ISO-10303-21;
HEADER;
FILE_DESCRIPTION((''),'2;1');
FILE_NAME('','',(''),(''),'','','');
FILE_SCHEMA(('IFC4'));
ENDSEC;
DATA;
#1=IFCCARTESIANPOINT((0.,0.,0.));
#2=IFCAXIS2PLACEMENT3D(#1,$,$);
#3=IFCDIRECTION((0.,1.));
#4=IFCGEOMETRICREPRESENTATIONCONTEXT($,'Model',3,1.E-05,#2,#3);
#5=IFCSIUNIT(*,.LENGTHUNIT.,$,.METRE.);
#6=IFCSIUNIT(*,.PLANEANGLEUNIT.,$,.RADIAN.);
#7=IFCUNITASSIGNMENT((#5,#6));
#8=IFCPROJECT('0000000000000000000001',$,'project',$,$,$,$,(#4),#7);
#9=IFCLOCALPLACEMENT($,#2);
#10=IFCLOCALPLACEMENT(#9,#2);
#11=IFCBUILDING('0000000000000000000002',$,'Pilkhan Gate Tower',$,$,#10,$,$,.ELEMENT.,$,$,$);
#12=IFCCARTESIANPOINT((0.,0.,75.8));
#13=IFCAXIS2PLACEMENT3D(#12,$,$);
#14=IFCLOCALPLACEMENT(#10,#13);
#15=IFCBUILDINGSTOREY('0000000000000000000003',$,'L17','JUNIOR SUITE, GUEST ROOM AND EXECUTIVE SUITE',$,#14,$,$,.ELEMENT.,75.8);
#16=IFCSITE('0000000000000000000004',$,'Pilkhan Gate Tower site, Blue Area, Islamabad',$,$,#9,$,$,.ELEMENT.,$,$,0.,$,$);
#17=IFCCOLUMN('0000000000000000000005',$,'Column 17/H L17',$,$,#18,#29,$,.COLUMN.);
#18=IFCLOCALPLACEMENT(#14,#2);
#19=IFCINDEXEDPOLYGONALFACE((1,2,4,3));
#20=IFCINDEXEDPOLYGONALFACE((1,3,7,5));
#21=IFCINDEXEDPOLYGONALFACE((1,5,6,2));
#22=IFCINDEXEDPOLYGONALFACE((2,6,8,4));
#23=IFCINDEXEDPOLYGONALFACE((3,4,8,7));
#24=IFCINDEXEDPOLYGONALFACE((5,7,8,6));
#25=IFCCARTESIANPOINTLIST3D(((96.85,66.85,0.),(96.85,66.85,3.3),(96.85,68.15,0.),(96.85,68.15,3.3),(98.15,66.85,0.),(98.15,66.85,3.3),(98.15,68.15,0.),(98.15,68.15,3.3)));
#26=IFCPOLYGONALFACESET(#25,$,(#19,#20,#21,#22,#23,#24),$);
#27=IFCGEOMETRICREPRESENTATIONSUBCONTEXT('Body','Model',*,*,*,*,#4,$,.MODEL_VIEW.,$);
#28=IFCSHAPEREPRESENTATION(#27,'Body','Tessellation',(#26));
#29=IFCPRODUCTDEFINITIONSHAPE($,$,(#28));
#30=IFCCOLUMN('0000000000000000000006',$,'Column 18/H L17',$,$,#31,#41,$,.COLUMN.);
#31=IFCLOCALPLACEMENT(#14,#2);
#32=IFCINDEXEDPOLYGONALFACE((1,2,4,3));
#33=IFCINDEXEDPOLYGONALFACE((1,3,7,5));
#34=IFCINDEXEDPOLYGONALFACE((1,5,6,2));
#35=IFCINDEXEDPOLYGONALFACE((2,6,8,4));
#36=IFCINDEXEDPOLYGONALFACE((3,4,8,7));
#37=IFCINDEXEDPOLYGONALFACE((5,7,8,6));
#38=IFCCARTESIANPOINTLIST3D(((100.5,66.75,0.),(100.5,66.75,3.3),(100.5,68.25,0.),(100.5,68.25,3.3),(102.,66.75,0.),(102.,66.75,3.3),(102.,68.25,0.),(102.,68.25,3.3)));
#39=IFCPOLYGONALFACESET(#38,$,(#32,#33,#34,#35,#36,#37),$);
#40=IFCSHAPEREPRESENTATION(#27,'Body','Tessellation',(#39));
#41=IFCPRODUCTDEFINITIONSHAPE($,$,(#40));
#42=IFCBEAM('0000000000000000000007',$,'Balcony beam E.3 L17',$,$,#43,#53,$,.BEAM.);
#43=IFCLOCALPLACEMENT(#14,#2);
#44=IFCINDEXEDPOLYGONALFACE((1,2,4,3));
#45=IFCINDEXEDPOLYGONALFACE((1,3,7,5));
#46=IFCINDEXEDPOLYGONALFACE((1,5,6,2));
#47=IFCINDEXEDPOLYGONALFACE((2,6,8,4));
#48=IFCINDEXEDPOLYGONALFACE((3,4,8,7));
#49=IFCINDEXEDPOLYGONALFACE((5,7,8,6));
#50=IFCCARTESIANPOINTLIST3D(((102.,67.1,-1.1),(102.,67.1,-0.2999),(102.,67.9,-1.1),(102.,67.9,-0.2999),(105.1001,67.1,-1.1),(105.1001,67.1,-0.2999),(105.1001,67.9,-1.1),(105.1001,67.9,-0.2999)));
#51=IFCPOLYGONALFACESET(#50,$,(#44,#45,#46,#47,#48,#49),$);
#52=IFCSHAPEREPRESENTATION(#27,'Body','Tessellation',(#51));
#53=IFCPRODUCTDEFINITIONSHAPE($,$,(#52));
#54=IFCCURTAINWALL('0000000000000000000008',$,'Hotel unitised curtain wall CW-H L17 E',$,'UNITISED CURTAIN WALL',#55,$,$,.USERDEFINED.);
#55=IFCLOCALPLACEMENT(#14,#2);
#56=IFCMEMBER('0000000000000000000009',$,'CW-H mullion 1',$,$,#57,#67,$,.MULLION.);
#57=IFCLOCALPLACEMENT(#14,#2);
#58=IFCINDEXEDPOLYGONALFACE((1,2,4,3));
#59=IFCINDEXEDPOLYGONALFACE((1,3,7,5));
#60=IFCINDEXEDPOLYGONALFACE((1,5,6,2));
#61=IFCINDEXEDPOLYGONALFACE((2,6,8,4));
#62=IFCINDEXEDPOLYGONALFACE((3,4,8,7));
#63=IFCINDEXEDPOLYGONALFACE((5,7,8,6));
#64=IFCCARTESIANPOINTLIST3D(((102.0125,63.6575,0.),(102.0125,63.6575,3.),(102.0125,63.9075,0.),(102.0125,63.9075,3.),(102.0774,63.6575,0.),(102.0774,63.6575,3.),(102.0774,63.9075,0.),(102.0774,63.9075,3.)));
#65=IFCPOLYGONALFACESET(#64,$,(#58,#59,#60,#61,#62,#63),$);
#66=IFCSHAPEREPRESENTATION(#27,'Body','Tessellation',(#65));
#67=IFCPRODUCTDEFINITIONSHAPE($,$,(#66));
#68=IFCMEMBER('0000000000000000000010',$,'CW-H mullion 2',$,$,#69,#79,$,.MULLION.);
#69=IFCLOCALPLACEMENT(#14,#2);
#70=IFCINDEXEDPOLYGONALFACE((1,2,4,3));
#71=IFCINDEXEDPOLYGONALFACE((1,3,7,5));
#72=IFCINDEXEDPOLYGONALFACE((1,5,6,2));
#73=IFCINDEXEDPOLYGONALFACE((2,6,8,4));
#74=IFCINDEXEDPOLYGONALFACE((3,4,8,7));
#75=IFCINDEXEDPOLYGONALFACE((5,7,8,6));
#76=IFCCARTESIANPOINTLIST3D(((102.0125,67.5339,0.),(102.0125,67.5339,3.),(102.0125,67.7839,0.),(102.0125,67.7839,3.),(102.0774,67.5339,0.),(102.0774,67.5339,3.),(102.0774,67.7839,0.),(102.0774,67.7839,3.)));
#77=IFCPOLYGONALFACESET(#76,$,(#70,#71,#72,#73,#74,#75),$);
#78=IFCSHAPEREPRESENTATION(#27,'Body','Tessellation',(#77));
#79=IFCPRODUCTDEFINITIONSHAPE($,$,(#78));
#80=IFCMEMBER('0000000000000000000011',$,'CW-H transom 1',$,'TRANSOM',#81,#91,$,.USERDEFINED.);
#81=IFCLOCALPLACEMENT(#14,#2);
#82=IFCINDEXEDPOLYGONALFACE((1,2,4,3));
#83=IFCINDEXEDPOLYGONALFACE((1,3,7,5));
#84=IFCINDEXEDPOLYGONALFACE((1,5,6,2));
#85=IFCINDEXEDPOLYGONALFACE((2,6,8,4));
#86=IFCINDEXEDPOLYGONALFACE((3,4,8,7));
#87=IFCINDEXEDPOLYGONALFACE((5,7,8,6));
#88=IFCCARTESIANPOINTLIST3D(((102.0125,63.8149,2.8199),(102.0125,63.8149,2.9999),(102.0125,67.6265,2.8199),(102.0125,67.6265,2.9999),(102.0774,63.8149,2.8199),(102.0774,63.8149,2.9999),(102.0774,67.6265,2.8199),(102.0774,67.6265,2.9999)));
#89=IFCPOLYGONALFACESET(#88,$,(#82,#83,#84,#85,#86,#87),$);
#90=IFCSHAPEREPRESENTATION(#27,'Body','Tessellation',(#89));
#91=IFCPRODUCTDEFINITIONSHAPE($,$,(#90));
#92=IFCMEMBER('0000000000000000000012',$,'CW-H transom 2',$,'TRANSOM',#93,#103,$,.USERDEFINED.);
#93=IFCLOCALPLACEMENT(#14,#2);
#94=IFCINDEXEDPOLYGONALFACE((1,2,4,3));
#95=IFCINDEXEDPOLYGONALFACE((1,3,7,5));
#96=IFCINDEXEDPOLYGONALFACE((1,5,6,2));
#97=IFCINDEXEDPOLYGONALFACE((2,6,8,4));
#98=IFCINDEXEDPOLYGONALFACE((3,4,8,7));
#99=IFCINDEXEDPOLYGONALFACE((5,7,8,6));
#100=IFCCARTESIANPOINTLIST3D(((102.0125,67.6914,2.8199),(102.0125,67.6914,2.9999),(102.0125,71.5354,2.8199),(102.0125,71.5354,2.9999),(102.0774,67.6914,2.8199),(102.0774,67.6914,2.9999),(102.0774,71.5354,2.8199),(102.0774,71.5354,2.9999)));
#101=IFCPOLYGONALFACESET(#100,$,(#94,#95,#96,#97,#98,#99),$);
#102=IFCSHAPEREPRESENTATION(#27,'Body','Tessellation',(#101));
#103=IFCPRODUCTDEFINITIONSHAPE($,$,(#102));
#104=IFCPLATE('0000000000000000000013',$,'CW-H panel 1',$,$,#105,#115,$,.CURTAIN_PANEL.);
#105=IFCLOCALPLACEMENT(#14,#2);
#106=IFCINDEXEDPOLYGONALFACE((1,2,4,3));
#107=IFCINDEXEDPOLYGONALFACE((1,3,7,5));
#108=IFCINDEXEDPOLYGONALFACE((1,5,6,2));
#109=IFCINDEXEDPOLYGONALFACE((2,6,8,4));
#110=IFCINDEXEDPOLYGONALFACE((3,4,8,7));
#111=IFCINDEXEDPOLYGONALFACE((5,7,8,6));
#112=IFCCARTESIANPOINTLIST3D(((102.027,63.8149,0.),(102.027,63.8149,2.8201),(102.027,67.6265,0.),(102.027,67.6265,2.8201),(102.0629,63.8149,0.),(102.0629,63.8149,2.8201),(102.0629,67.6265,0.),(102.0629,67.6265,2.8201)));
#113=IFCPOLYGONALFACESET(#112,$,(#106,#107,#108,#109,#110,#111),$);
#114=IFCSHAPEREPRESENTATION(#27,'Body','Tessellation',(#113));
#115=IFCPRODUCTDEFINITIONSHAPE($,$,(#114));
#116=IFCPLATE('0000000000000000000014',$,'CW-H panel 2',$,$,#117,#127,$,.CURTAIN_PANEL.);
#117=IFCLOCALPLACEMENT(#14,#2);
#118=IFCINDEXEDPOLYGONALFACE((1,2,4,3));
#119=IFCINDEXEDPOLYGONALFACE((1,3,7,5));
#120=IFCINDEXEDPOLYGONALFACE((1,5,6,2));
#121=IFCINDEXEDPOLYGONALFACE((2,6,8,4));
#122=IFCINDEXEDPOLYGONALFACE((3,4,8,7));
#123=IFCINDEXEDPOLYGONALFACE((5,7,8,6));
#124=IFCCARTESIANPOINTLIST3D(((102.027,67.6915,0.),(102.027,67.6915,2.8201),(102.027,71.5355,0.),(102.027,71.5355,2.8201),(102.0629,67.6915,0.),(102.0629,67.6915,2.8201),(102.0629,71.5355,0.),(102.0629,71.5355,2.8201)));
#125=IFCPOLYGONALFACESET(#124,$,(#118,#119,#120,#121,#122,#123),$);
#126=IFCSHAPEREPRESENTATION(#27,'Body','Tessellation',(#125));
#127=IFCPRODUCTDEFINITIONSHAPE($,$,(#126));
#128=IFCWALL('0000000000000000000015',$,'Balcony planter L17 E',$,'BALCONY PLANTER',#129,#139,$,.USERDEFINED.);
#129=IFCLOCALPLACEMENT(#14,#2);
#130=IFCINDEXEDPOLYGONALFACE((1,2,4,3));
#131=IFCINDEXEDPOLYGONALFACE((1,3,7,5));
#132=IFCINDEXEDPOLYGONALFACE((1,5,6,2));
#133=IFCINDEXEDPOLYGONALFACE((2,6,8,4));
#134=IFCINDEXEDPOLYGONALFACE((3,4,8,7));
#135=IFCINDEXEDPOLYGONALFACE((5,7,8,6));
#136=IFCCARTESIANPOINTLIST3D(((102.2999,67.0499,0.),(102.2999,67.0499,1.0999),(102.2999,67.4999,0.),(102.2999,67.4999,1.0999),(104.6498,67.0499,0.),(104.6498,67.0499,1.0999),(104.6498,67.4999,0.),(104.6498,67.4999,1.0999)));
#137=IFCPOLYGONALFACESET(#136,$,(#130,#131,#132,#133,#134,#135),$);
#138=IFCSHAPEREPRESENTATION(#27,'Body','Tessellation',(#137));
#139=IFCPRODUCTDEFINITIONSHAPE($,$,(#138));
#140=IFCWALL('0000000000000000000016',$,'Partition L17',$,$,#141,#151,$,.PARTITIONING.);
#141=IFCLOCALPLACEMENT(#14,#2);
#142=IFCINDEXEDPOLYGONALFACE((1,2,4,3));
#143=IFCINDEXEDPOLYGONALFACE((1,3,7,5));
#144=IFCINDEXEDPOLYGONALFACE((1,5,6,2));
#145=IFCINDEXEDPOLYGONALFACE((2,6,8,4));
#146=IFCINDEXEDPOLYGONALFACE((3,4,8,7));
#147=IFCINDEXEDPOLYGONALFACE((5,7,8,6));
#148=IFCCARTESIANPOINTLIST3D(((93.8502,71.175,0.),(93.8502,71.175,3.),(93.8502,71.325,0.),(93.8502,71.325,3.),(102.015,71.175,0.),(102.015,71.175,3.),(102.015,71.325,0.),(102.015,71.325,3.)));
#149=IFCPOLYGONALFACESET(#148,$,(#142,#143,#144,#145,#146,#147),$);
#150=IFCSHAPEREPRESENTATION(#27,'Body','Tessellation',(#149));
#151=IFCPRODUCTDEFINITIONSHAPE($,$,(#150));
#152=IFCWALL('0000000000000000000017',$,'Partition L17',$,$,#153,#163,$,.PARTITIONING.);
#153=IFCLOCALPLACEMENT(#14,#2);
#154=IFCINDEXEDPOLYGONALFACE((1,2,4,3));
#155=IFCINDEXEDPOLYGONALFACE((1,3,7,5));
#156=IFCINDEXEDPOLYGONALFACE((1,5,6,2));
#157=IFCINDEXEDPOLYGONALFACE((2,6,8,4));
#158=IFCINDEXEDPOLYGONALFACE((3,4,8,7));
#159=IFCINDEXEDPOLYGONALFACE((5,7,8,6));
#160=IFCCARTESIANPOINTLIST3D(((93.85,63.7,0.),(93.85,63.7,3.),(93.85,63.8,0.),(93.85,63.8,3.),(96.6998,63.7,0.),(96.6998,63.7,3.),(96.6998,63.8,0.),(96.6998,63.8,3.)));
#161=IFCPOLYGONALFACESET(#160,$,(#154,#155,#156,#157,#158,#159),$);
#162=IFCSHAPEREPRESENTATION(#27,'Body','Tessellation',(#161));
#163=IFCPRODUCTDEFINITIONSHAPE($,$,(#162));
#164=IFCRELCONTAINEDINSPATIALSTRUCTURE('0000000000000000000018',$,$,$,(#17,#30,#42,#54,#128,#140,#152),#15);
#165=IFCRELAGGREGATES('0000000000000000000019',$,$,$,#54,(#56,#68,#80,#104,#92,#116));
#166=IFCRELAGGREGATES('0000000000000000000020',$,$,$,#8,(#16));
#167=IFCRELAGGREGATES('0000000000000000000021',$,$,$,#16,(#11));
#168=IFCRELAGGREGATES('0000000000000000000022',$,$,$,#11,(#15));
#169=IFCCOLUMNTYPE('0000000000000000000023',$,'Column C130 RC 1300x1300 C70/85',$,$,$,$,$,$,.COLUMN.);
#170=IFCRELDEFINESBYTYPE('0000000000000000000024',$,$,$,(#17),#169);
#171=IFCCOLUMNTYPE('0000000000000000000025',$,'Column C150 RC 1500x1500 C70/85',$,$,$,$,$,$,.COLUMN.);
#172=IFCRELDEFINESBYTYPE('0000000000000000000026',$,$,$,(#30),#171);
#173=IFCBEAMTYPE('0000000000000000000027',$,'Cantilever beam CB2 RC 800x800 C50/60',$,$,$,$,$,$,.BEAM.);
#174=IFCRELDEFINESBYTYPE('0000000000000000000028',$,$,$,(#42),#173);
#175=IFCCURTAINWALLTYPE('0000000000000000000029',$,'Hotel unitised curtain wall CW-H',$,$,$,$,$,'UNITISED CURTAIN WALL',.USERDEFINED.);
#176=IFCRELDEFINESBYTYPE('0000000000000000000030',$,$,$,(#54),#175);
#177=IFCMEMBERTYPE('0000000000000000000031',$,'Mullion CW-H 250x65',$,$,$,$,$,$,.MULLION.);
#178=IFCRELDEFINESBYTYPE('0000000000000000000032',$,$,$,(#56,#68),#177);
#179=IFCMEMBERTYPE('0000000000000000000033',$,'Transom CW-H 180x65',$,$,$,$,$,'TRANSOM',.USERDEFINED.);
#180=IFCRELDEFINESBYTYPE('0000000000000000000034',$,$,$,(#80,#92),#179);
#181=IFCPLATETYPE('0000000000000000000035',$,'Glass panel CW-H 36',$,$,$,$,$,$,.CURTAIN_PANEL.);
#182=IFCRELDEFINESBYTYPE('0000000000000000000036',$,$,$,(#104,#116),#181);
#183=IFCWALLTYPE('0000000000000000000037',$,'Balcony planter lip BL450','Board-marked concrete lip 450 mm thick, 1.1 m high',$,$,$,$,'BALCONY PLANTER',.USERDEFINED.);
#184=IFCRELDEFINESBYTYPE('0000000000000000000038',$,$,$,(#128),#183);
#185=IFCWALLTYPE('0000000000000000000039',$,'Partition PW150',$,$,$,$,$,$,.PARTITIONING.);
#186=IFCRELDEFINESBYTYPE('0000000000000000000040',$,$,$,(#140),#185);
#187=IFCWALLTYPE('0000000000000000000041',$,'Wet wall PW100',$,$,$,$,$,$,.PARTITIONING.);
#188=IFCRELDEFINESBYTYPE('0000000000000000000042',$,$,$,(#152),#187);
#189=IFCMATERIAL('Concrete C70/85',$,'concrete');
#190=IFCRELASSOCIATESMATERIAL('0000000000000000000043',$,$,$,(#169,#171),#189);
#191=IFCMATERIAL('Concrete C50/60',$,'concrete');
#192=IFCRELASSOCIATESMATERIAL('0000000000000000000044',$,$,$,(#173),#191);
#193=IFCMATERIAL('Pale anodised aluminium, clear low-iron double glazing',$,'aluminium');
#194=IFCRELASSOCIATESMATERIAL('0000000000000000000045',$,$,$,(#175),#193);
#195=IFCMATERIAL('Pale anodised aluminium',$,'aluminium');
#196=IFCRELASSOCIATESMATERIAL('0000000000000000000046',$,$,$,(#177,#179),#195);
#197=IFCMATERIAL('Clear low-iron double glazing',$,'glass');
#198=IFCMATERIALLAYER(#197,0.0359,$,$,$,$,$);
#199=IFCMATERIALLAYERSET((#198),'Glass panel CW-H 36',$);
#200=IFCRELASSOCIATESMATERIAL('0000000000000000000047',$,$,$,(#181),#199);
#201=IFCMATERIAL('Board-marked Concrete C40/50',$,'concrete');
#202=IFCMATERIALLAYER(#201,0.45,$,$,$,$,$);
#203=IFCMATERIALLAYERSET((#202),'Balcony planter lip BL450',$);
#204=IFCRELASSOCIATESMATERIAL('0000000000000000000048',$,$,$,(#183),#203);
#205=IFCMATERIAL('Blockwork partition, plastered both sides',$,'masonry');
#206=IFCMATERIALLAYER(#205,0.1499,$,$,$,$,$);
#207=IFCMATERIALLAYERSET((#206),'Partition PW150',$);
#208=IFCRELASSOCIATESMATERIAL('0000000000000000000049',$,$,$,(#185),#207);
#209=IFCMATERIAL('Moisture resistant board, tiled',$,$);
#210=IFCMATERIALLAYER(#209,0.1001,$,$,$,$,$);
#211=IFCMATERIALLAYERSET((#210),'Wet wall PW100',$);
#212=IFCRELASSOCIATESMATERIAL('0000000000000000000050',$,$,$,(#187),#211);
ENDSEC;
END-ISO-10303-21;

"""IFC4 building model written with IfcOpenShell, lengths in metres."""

from ifc_helpers import new_model, si_unit, direction, frame, frame_2d, origin, origin_2d, place, context, subcontext, project, spatial, rectangle, extrude, material, layer, layer_set, material_profile, profile_set, type_object, element, aggregate, save


model = new_model("IFC4")

# Units and contexts
model_context = context("Model", 3, precision=1e-05, world=origin(), true_north=direction((0.0, 1.0)))
body_context = subcontext(model_context, "Body", "Model", "MODEL_VIEW")
ifc_project = project(units=[si_unit("LENGTHUNIT", "METRE"), si_unit("PLANEANGLEUNIT", "RADIAN")], contexts=[model_context])

# Site, building, storey
site_placement = place(None, origin())
site = spatial("IfcSite", under=ifc_project, at=site_placement, Name="Pilkhan Gate Tower site, Blue Area, Islamabad", CompositionType="ELEMENT", RefElevation=0.0)
building_placement = place(site_placement, origin())
building = spatial("IfcBuilding", under=site, at=building_placement, Name="Pilkhan Gate Tower", CompositionType="ELEMENT")
storey_placement = place(building_placement, frame((0.0, 0.0, 75.8)))
storey = spatial("IfcBuildingStorey", under=building, at=storey_placement, Name="L17", Description="JUNIOR SUITE, GUEST ROOM AND EXECUTIVE SUITE", CompositionType="ELEMENT", Elevation=75.8)

# Columns
ifc_material_1 = material(Name="Concrete C70/85", Category="concrete")
ifc_material_profile_1 = material_profile(ifc_material_1, rectangle(XDim=1.3, YDim=1.3, at=origin_2d()), Name="RC 1300x1300")
ifc_profile_set_1 = profile_set([ifc_material_profile_1], Name="Concrete C70/85")
column_type_1 = type_object("IfcColumnType", Name="Column C130 RC 1300x1300 C70/85", PredefinedType="COLUMN", material=ifc_profile_set_1)
column_1_placement = place(storey_placement, frame((97.5, 67.5, 0.0), z_axis=(0.0, 0.0, 1.0), x_axis=(1.0, 0.0, 0.0)))
element("IfcColumn", 1, at=column_1_placement, inside=storey, type_object=column_type_1, Name="Column 17/H L17", PredefinedType="COLUMN", context=body_context, shape_type="SweptSolid", body=[
    extrude(rectangle(XDim=1.3, YDim=1.3, at=origin_2d()), origin(), (0.0, 0.0, 1.0), 3.3),
])
ifc_material_profile_2 = material_profile(ifc_material_1, rectangle(XDim=1.5, YDim=1.5, at=origin_2d()), Name="RC 1500x1500")
ifc_profile_set_2 = profile_set([ifc_material_profile_2], Name="Concrete C70/85")
column_type_2 = type_object("IfcColumnType", Name="Column C150 RC 1500x1500 C70/85", PredefinedType="COLUMN", material=ifc_profile_set_2)
column_2_placement = place(storey_placement, frame((101.25, 67.5, 0.0), z_axis=(0.0, 0.0, 1.0), x_axis=(1.0, 0.0, 0.0)))
element("IfcColumn", 2, at=column_2_placement, inside=storey, type_object=column_type_2, Name="Column 18/H L17", PredefinedType="COLUMN", context=body_context, shape_type="SweptSolid", body=[
    extrude(rectangle(XDim=1.5, YDim=1.5, at=origin_2d()), origin(), (0.0, 0.0, 1.0), 3.3),
])

# Beam
ifc_material_2 = material(Name="Concrete C50/60", Category="concrete")
ifc_material_profile_3 = material_profile(ifc_material_2, rectangle(XDim=0.8, YDim=0.8, at=origin_2d()), Name="RC 800x800")
ifc_profile_set_3 = profile_set([ifc_material_profile_3], Name="Concrete C50/60")
beam_type = type_object("IfcBeamType", Name="Cantilever beam CB2 RC 800x800 C50/60", PredefinedType="BEAM", material=ifc_profile_set_3)
beam_placement = place(storey_placement, frame((102.0, 67.5, -0.7), z_axis=(1.0, 0.0, 0.0), x_axis=(0.0, 1.0, 0.0)))
element("IfcBeam", 3, at=beam_placement, inside=storey, type_object=beam_type, Name="Balcony beam E.3 L17", PredefinedType="BEAM", context=body_context, shape_type="SweptSolid", body=[
    extrude(rectangle(XDim=0.8, YDim=0.8, at=origin_2d()), origin(), (0.0, 0.0, 1.0), 3.1001),
])

# Curtain wall, members, plates
ifc_material_3 = material(Name="Pale anodised aluminium, clear low-iron double glazing", Category="aluminium")
curtain_wall_type = type_object("IfcCurtainWallType", Name="Hotel unitised curtain wall CW-H", ElementType="UNITISED CURTAIN WALL", PredefinedType="USERDEFINED", material=ifc_material_3)
curtain_wall_placement = place(storey_placement, origin())
curtain_wall = element("IfcCurtainWall", 4, at=curtain_wall_placement, inside=storey, type_object=curtain_wall_type, Name="Hotel unitised curtain wall CW-H L17 E", ObjectType="UNITISED CURTAIN WALL", PredefinedType="USERDEFINED")
ifc_material_4 = material(Name="Pale anodised aluminium", Category="aluminium")
ifc_material_profile_4 = material_profile(ifc_material_4, rectangle(XDim=0.0649, YDim=0.25, at=origin_2d()), Name="Mullion 250x65")
ifc_profile_set_4 = profile_set([ifc_material_profile_4], Name="Pale anodised aluminium")
member_type_1 = type_object("IfcMemberType", Name="Mullion CW-H 250x65", PredefinedType="MULLION", material=ifc_profile_set_4)
member_1_placement = place(storey_placement, frame((102.0449, 63.7825, 0.0), z_axis=(0.0, 0.0, 1.0), x_axis=(-1.0, 0.0, 0.0)))
member_1 = element("IfcMember", 5, at=member_1_placement, type_object=member_type_1, Name="CW-H mullion 1", PredefinedType="MULLION", context=body_context, shape_type="SweptSolid", body=[
    extrude(rectangle(XDim=0.0649, YDim=0.25, at=origin_2d()), origin(), (0.0, 0.0, 1.0), 3.0),
])
member_2_placement = place(storey_placement, frame((102.0449, 67.6589, 0.0), z_axis=(0.0, 0.0, 1.0), x_axis=(-1.0, 0.0, 0.0)))
member_2 = element("IfcMember", 6, at=member_2_placement, type_object=member_type_1, Name="CW-H mullion 2", PredefinedType="MULLION", context=body_context, shape_type="SweptSolid", body=[
    extrude(rectangle(XDim=0.0649, YDim=0.25, at=origin_2d()), origin(), (0.0, 0.0, 1.0), 3.0),
])
ifc_material_profile_5 = material_profile(ifc_material_4, rectangle(XDim=0.0649, YDim=0.1799, at=origin_2d()), Name="Transom 180x65")
ifc_profile_set_5 = profile_set([ifc_material_profile_5], Name="Pale anodised aluminium")
member_type_2 = type_object("IfcMemberType", Name="Transom CW-H 180x65", ElementType="TRANSOM", PredefinedType="USERDEFINED", material=ifc_profile_set_5)
member_3_placement = place(storey_placement, frame((102.0449, 63.8149, 2.9099), z_axis=(0.0, 1.0, 0.0), x_axis=(-1.0, 0.0, 0.0)))
member_3 = element("IfcMember", 7, at=member_3_placement, type_object=member_type_2, Name="CW-H transom 1", ObjectType="TRANSOM", PredefinedType="USERDEFINED", context=body_context, shape_type="SweptSolid", body=[
    extrude(rectangle(XDim=0.0649, YDim=0.1799, at=origin_2d()), origin(), (0.0, 0.0, 1.0), 3.8115),
])
member_4_placement = place(storey_placement, frame((102.0449, 67.6914, 2.9099), z_axis=(0.0, 1.0, 0.0), x_axis=(-1.0, 0.0, 0.0)))
member_4 = element("IfcMember", 8, at=member_4_placement, type_object=member_type_2, Name="CW-H transom 2", ObjectType="TRANSOM", PredefinedType="USERDEFINED", context=body_context, shape_type="SweptSolid", body=[
    extrude(rectangle(XDim=0.0649, YDim=0.1799, at=origin_2d()), origin(), (0.0, 0.0, 1.0), 3.844),
])
ifc_material_5 = material(Name="Clear low-iron double glazing", Category="glass")
ifc_layer_1 = layer(ifc_material_5, 0.0359)
ifc_layer_set_1 = layer_set([ifc_layer_1], Name="Glass panel CW-H 36")
plate_type = type_object("IfcPlateType", Name="Glass panel CW-H 36", PredefinedType="CURTAIN_PANEL", material=ifc_layer_set_1)
plate_1_placement = place(storey_placement, frame((102.0449, 65.7207, 0.0), z_axis=(0.0, 0.0, 1.0), x_axis=(0.0, 1.0, 0.0)))
plate_1 = element("IfcPlate", 9, at=plate_1_placement, type_object=plate_type, Name="CW-H panel 1", PredefinedType="CURTAIN_PANEL", context=body_context, shape_type="SweptSolid", body=[
    extrude(rectangle(XDim=3.8115, YDim=0.0359, at=origin_2d()), origin(), (0.0, 0.0, 1.0), 2.8201),
])
plate_2_placement = place(storey_placement, frame((102.0449, 69.6135, 0.0), z_axis=(0.0, 0.0, 1.0), x_axis=(0.0, 1.0, 0.0)))
plate_2 = element("IfcPlate", 10, at=plate_2_placement, type_object=plate_type, Name="CW-H panel 2", PredefinedType="CURTAIN_PANEL", context=body_context, shape_type="SweptSolid", body=[
    extrude(rectangle(XDim=3.844, YDim=0.0359, at=origin_2d()), origin(), (0.0, 0.0, 1.0), 2.8201),
])
aggregate(curtain_wall, [member_1, member_2, member_3, plate_1, member_4, plate_2])

# Walls
ifc_material_6 = material(Name="Board-marked Concrete C40/50", Category="concrete")
ifc_layer_2 = layer(ifc_material_6, 0.45)
ifc_layer_set_2 = layer_set([ifc_layer_2], Name="Balcony planter lip BL450")
wall_type_1 = type_object("IfcWallType", Name="Balcony planter lip BL450", Description="Board-marked concrete lip 450 mm thick, 1.1 m high", ElementType="BALCONY PLANTER", PredefinedType="USERDEFINED", material=ifc_layer_set_2)
wall_1_placement = place(storey_placement, frame((102.3, 67.2749, 0.0), z_axis=(0.0, 0.0, 1.0), x_axis=(1.0, 0.0, 0.0)))
element("IfcWall", 11, at=wall_1_placement, inside=storey, type_object=wall_type_1, Name="Balcony planter L17 E", ObjectType="BALCONY PLANTER", PredefinedType="USERDEFINED", context=body_context, shape_type="SweptSolid", body=[
    extrude(rectangle(XDim=2.3499, YDim=0.45, at=frame_2d((1.1748, 0.0))), origin(), (0.0, 0.0, 1.0), 1.0999),
])
ifc_material_7 = material(Name="Blockwork partition, plastered both sides", Category="masonry")
ifc_layer_3 = layer(ifc_material_7, 0.1499)
ifc_layer_set_3 = layer_set([ifc_layer_3], Name="Partition PW150")
wall_type_2 = type_object("IfcWallType", Name="Partition PW150", PredefinedType="PARTITIONING", material=ifc_layer_set_3)
wall_2_placement = place(storey_placement, frame((93.8501, 71.25, 0.0), z_axis=(0.0, 0.0, 1.0), x_axis=(1.0, 0.0, 0.0)))
element("IfcWall", 12, at=wall_2_placement, inside=storey, type_object=wall_type_2, Name="Partition L17", PredefinedType="PARTITIONING", context=body_context, shape_type="SweptSolid", body=[
    extrude(rectangle(XDim=8.1648, YDim=0.1499, at=frame_2d((4.0825, 0.0))), origin(), (0.0, 0.0, 1.0), 3.0),
])
ifc_material_8 = material(Name="Moisture resistant board, tiled")
ifc_layer_4 = layer(ifc_material_8, 0.1001)
ifc_layer_set_4 = layer_set([ifc_layer_4], Name="Wet wall PW100")
wall_type_3 = type_object("IfcWallType", Name="Wet wall PW100", PredefinedType="PARTITIONING", material=ifc_layer_set_4)
wall_3_placement = place(storey_placement, frame((93.8501, 63.75, 0.0), z_axis=(0.0, 0.0, 1.0), x_axis=(1.0, 0.0, 0.0)))
element("IfcWall", 13, at=wall_3_placement, inside=storey, type_object=wall_type_3, Name="Partition L17", PredefinedType="PARTITIONING", context=body_context, shape_type="SweptSolid", body=[
    extrude(rectangle(XDim=2.8499, YDim=0.1001, at=frame_2d((1.4248, 0.0))), origin(), (0.0, 0.0, 1.0), 3.0),
])

save(model, "model.ifc")
